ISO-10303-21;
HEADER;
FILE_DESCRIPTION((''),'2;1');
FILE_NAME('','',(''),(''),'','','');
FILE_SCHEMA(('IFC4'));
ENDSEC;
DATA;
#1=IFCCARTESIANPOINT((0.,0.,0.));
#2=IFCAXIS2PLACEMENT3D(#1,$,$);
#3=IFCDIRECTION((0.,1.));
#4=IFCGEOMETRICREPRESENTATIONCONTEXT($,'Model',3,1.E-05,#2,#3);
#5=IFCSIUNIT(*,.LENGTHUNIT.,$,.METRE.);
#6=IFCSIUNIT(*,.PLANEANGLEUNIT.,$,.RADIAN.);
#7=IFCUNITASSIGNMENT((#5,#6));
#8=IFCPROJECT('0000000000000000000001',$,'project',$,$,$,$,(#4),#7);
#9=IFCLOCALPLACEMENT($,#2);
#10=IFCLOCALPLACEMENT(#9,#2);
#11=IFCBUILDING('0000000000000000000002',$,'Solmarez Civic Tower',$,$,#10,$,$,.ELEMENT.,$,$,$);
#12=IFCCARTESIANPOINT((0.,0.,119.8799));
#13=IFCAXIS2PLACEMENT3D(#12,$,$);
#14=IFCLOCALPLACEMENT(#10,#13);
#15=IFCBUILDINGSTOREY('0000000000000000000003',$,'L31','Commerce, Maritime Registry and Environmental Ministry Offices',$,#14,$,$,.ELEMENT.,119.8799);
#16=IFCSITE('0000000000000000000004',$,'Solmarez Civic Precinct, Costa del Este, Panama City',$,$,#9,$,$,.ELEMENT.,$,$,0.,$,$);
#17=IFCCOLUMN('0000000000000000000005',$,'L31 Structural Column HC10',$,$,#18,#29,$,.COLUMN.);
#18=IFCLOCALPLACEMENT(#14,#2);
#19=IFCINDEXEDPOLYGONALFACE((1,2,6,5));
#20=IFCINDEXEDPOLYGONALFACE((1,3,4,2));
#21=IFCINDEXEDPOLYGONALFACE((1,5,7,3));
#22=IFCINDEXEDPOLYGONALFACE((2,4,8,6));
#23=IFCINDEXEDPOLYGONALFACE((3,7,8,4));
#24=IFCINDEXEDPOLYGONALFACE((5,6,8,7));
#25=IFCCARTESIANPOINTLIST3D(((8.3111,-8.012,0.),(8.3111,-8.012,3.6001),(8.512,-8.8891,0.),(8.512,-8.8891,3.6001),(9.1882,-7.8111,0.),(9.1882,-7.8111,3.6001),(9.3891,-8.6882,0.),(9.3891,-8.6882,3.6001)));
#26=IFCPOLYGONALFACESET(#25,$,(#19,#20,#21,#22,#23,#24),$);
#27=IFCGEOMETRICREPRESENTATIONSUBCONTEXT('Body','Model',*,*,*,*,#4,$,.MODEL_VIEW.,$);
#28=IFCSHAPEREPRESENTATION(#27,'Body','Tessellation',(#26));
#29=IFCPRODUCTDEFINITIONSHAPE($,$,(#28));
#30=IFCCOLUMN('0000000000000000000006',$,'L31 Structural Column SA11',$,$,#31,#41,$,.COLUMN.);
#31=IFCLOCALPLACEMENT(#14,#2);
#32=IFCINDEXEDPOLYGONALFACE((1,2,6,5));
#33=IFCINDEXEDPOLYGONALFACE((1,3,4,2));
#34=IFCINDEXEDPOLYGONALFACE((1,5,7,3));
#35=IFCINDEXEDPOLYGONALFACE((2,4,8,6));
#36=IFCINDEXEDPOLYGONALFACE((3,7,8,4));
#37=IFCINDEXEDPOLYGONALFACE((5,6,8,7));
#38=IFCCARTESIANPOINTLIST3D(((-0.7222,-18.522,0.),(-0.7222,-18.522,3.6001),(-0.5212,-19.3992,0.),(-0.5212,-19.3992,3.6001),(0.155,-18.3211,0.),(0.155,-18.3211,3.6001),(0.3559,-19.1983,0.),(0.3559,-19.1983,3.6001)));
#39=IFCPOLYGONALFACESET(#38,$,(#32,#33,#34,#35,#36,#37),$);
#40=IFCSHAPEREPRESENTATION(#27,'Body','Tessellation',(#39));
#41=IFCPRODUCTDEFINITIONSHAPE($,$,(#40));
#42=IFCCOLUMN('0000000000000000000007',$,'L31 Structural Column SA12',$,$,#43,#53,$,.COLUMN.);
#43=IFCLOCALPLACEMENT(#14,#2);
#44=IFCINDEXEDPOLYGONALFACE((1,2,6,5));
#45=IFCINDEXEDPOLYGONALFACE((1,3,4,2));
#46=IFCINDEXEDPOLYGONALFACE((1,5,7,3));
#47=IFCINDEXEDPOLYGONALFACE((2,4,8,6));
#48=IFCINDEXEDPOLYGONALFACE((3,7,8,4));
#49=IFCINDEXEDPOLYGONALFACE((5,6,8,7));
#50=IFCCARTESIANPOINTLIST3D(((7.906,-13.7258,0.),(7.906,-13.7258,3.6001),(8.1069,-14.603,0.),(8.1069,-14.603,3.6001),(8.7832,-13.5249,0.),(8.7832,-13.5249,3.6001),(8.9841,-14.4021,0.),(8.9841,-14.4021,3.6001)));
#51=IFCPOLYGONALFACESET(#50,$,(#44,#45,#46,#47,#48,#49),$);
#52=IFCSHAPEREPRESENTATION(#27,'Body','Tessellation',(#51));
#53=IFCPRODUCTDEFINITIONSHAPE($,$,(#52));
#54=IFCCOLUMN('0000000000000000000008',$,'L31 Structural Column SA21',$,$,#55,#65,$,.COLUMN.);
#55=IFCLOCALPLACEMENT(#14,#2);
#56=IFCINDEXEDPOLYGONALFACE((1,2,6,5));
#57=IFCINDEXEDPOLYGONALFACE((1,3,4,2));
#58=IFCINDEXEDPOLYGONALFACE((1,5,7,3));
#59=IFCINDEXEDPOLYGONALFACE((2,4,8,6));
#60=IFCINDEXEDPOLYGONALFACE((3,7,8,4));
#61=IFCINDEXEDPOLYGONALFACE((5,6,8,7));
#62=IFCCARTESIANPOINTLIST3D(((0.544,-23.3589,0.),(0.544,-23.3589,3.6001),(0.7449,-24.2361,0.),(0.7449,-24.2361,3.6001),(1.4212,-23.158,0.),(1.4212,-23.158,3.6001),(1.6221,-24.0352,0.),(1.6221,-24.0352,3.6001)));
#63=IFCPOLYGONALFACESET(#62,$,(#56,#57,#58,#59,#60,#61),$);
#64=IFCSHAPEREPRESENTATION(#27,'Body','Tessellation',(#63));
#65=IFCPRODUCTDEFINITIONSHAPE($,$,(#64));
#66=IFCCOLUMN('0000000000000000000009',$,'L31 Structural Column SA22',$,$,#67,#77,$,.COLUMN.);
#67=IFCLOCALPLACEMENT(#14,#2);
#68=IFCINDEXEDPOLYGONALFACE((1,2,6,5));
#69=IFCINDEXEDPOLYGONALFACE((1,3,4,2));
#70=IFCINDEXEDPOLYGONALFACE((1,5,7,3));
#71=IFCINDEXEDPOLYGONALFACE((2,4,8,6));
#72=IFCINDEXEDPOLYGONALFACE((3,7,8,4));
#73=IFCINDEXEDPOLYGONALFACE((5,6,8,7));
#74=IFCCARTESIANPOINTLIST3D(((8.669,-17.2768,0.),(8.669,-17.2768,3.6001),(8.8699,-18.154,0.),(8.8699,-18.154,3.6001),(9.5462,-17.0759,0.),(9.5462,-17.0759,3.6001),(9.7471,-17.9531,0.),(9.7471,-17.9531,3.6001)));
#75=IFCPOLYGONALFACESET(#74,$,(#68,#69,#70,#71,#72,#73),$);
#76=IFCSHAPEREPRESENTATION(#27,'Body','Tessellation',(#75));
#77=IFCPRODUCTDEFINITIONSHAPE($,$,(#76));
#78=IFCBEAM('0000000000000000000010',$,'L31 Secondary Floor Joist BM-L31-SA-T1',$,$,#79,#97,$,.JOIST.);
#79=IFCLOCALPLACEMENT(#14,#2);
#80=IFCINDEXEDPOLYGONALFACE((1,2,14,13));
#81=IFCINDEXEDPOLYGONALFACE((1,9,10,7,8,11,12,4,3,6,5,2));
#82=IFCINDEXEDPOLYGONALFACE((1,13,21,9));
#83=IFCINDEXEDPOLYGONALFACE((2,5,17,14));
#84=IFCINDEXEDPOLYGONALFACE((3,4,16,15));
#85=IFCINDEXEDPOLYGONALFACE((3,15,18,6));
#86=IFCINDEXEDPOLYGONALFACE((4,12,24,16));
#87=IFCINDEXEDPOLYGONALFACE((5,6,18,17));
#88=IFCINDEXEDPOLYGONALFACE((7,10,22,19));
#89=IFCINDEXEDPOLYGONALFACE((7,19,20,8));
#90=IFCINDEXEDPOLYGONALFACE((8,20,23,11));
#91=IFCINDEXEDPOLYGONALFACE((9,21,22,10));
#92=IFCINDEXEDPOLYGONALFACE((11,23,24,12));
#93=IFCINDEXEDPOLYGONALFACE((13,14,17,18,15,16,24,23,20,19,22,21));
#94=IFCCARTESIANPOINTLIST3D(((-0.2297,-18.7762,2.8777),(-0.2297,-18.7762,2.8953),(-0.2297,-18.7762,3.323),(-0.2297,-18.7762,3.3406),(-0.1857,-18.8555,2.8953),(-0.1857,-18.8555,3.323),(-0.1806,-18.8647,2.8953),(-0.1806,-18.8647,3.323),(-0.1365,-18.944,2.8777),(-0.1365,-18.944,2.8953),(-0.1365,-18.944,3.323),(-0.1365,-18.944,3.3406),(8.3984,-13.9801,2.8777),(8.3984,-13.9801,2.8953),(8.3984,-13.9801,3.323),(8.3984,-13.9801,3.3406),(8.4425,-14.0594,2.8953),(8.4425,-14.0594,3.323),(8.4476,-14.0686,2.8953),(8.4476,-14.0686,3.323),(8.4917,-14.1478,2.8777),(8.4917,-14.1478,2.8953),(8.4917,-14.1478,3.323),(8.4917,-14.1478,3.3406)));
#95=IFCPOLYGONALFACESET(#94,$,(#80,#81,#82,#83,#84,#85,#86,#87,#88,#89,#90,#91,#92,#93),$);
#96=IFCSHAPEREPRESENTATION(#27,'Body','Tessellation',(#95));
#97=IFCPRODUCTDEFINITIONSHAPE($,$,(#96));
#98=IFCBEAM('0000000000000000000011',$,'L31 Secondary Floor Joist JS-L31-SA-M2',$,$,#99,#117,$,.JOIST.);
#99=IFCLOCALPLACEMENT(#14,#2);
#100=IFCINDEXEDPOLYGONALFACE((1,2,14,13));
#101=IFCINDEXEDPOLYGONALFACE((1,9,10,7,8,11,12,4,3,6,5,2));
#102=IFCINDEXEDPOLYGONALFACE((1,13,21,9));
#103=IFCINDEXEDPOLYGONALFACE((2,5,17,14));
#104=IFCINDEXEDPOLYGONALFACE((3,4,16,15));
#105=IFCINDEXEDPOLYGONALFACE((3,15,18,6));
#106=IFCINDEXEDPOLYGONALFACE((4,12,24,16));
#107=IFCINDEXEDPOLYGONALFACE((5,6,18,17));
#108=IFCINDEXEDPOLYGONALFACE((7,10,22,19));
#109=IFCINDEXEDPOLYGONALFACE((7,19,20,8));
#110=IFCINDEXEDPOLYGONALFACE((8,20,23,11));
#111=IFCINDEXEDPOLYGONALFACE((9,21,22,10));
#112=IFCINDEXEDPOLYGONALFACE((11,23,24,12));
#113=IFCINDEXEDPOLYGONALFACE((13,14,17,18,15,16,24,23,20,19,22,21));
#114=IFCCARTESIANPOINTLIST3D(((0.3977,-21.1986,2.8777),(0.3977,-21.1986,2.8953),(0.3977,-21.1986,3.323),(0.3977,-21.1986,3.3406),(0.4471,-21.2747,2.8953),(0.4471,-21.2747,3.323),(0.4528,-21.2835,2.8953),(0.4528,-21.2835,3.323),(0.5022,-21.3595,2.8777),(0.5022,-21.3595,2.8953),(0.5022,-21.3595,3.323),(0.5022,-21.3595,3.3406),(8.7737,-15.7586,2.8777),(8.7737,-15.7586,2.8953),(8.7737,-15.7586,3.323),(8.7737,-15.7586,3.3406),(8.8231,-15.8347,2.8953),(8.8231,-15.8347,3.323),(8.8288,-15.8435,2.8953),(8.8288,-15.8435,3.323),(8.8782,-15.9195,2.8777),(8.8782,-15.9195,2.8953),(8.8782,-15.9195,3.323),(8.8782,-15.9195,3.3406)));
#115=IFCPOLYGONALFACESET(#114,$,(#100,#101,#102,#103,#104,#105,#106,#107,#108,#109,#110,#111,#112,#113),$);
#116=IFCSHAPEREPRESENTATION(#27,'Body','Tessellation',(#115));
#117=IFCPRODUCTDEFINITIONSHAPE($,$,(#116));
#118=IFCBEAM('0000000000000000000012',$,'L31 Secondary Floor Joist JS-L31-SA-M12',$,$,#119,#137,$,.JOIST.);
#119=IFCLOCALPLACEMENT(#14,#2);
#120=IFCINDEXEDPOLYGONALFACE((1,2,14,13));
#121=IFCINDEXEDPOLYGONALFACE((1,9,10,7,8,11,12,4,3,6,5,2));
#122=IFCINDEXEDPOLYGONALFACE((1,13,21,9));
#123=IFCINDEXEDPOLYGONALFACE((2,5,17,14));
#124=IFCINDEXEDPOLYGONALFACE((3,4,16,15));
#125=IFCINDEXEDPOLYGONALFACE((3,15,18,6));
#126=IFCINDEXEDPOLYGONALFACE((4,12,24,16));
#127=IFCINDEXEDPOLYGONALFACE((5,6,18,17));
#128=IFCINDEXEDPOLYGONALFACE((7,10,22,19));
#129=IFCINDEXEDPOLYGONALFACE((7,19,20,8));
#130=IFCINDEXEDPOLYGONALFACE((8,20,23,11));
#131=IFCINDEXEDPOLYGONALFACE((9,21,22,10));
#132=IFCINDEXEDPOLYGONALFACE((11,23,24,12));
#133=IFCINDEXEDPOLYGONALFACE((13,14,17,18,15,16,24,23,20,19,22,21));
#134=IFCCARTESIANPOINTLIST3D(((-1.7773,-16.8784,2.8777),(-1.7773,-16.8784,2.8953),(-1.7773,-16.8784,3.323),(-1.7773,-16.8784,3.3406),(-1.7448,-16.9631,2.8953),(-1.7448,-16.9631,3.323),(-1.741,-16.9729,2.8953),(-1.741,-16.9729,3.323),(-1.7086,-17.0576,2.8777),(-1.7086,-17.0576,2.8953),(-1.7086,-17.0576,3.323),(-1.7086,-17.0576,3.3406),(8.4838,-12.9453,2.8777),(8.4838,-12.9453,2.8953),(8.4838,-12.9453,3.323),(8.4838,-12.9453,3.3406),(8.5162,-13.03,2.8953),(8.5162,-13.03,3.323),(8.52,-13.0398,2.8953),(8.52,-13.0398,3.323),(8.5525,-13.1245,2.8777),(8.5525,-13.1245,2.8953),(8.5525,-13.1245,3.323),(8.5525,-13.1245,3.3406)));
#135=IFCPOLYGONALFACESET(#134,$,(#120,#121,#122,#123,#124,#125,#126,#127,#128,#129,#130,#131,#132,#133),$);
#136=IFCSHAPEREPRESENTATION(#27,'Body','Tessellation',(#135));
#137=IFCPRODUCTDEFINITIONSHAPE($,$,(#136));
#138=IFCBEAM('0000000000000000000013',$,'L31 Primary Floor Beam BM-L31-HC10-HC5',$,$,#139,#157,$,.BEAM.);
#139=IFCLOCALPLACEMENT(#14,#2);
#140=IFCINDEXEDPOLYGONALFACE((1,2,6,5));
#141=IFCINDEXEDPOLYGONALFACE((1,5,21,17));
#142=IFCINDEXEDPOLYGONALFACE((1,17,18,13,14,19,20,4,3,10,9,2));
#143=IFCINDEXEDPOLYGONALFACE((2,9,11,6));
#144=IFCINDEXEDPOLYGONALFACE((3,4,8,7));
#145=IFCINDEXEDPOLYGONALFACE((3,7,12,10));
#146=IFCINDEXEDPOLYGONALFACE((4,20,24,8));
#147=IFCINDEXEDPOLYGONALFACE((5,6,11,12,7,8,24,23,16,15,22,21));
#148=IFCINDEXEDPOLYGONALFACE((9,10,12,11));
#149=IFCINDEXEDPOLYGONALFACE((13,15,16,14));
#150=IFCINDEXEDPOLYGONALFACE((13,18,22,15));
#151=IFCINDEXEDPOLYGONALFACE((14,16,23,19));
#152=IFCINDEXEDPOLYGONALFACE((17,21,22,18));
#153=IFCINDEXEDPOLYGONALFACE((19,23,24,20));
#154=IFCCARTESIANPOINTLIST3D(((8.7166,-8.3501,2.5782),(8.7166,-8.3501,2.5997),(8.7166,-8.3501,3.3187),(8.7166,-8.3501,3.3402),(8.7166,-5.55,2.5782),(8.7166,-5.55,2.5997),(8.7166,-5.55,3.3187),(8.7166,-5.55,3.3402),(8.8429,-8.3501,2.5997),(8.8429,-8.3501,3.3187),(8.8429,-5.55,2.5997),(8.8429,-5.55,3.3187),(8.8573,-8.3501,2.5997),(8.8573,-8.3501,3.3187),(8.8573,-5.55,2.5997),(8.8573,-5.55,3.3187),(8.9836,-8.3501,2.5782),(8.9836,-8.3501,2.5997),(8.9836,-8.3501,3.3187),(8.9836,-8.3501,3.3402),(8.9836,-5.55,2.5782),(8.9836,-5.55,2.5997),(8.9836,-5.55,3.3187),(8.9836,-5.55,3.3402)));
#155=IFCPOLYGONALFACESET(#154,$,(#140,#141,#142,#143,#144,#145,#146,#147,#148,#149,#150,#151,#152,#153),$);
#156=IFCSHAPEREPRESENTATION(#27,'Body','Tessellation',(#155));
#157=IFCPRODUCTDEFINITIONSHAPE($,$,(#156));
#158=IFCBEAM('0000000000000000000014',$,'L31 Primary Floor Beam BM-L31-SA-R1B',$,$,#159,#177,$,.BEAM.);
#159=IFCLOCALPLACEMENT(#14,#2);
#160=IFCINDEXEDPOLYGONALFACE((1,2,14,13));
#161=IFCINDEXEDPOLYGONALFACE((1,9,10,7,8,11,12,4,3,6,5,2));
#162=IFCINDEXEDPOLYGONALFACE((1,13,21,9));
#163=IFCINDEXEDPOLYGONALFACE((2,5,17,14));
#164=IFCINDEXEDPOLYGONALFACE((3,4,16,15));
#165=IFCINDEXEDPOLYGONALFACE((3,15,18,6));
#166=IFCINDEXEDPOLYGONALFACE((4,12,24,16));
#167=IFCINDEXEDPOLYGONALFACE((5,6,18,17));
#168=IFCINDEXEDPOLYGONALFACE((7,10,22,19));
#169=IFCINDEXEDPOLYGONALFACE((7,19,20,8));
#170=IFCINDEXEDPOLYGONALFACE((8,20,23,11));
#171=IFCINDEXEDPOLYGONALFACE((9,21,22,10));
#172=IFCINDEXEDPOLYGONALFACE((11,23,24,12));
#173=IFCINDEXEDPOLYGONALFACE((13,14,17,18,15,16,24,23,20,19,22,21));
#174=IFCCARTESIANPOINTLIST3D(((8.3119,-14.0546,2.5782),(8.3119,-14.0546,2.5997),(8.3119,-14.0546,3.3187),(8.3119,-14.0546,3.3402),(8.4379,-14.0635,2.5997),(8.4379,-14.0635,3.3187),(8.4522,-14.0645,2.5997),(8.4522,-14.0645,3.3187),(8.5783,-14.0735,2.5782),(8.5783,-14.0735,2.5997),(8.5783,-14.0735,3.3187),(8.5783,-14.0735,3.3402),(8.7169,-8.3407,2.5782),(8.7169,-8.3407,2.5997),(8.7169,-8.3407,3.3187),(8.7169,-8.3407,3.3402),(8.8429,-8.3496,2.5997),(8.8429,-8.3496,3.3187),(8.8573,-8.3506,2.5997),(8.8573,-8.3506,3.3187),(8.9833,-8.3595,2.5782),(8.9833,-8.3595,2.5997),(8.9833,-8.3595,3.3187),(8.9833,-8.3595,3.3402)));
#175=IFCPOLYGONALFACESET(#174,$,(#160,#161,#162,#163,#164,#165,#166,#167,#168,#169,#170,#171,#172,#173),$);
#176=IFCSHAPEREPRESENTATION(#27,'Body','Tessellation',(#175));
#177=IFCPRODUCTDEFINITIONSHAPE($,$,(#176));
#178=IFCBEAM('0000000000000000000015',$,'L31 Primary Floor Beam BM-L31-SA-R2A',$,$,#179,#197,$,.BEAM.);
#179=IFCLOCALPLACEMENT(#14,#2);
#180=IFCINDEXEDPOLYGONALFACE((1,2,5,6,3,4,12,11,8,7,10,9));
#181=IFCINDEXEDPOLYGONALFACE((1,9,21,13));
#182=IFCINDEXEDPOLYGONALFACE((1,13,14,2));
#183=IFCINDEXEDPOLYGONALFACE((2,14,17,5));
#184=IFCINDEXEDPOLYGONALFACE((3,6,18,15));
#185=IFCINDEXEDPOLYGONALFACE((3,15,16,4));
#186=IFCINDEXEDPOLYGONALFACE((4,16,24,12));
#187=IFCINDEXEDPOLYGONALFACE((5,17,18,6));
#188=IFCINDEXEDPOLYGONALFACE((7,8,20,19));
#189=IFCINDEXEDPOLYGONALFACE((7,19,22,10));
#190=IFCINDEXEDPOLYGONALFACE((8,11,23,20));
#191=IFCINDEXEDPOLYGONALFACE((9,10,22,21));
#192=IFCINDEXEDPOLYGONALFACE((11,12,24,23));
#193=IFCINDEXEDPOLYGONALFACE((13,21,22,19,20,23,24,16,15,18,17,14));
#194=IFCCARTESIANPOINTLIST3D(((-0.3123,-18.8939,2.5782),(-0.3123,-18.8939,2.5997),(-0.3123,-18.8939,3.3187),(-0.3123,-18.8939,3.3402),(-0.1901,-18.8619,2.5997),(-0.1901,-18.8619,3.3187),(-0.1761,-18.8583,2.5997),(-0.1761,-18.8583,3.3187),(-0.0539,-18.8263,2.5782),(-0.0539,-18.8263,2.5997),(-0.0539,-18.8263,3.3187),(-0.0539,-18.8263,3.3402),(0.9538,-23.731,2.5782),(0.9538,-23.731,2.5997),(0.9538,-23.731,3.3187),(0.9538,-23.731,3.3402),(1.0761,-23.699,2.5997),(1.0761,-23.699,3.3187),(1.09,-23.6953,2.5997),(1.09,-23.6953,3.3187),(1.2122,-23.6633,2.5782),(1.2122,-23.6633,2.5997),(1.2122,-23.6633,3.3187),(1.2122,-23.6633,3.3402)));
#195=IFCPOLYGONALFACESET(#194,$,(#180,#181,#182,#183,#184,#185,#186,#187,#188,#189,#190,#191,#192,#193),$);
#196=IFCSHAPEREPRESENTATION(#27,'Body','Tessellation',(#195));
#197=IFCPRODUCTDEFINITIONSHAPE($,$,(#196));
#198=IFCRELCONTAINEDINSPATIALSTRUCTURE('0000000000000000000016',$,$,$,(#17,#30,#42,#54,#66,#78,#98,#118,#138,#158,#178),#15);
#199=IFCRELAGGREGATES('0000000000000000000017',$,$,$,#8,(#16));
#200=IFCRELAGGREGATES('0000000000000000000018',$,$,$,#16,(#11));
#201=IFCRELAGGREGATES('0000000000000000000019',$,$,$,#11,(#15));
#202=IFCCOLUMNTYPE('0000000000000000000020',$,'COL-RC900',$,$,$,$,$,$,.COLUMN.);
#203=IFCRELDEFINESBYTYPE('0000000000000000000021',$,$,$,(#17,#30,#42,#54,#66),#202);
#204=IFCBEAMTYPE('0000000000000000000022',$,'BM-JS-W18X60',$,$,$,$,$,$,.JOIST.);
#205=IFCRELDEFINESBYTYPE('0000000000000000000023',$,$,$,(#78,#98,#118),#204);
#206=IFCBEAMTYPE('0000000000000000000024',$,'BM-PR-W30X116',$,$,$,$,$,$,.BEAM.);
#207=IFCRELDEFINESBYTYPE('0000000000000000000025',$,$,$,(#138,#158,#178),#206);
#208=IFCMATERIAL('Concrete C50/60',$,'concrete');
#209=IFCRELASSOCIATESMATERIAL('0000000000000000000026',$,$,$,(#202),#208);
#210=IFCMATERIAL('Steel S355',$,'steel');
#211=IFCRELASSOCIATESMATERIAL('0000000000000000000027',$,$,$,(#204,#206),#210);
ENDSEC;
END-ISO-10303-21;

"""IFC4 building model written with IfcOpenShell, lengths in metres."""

from ifc_helpers import new_model, si_unit, direction, frame, origin, origin_2d, place, context, subcontext, project, spatial, rectangle, i_section, extrude, material, material_profile, profile_set, type_object, element, save


model = new_model("IFC4")

# Units and contexts
model_context = context("Model", 3, precision=1e-05, world=origin(), true_north=direction((0.0, 1.0)))
body_context = subcontext(model_context, "Body", "Model", "MODEL_VIEW")
ifc_project = project(units=[si_unit("LENGTHUNIT", "METRE"), si_unit("PLANEANGLEUNIT", "RADIAN")], contexts=[model_context])

# Site, building, storey
site_placement = place(None, origin())
site = spatial("IfcSite", under=ifc_project, at=site_placement, Name="Solmarez Civic Precinct, Costa del Este, Panama City", CompositionType="ELEMENT", RefElevation=0.0)
building_placement = place(site_placement, origin())
building = spatial("IfcBuilding", under=site, at=building_placement, Name="Solmarez Civic Tower", CompositionType="ELEMENT")
storey_placement = place(building_placement, frame((0.0, 0.0, 119.8799)))
storey = spatial("IfcBuildingStorey", under=building, at=storey_placement, Name="L31", Description="Commerce, Maritime Registry and Environmental Ministry Offices", CompositionType="ELEMENT", Elevation=119.8799)

# Columns
ifc_material_1 = material(Name="Concrete C50/60", Category="concrete")
ifc_material_profile_1 = material_profile(ifc_material_1, rectangle(XDim=0.8999, YDim=0.8999, at=origin_2d()), Name="RC900X900")
ifc_profile_set_1 = profile_set([ifc_material_profile_1], Name="Concrete C50/60")
column_type = type_object("IfcColumnType", Name="COL-RC900", PredefinedType="COLUMN", material=ifc_profile_set_1)
for number, where, z_axis, x_axis, name in (
    (1, (8.8501, -8.3501, 0.0), (0.0, 0.0, 1.0), (0.974761, 0.22325, 0.0), "L31 Structural Column HC10"),
    (2, (-0.1831, -18.8601, 0.0), (0.0, 0.0, 1.0), (0.974761, 0.22325, 0.0), "L31 Structural Column SA11"),
    (3, (8.4451, -14.064, 0.0), (0.0, 0.0, 1.0), (0.974761, 0.22325, 0.0), "L31 Structural Column SA12"),
    (4, (1.083, -23.697, 0.0), (0.0, 0.0, 1.0), (0.974761, 0.22325, 0.0), "L31 Structural Column SA21"),
    (5, (9.208, -17.615, 0.0), (0.0, 0.0, 1.0), (0.974761, 0.22325, 0.0), "L31 Structural Column SA22"),
):
    element("IfcColumn", number, at=place(storey_placement, frame(where, z_axis=z_axis, x_axis=x_axis)), inside=storey, type_object=column_type, Name=name, PredefinedType="COLUMN", context=body_context, shape_type="SweptSolid", body=[
        extrude(rectangle(XDim=0.8999, YDim=0.8999, at=origin_2d()), origin(), (0.0, 0.0, 1.0), 3.6001),
    ])

# Beams
ifc_material_2 = material(Name="Steel S355", Category="steel")
ifc_material_profile_2 = material_profile(ifc_material_2, i_section(OverallWidth=0.1919, OverallDepth=0.4629, WebThickness=0.0105, FlangeThickness=0.0176, at=origin_2d()), Name="W18X60")
ifc_profile_set_2 = profile_set([ifc_material_profile_2], Name="Steel S355")
beam_type_1 = type_object("IfcBeamType", Name="BM-JS-W18X60", PredefinedType="JOIST", material=ifc_profile_set_2)
beam_1_placement = place(storey_placement, frame((-0.1831, -18.8601, 3.1091), z_axis=(0.874041, 0.485853, 0.0), x_axis=(-0.485853, 0.874041, 0.0)))
element("IfcBeam", 6, at=beam_1_placement, inside=storey, type_object=beam_type_1, Name="L31 Secondary Floor Joist BM-L31-SA-T1", PredefinedType="JOIST", context=body_context, shape_type="SweptSolid", body=[
    extrude(i_section(OverallWidth=0.1919, OverallDepth=0.4629, WebThickness=0.0105, FlangeThickness=0.0176, at=origin_2d()), origin(), (0.0, 0.0, 1.0), 9.8716),
])
beam_2_placement = place(storey_placement, frame((0.45, -21.2791, 3.1091), z_axis=(0.838647, 0.544676, 0.0), x_axis=(-0.544676, 0.838647, 0.0)))
element("IfcBeam", 7, at=beam_2_placement, inside=storey, type_object=beam_type_1, Name="L31 Secondary Floor Joist JS-L31-SA-M2", PredefinedType="JOIST", context=body_context, shape_type="SweptSolid", body=[
    extrude(i_section(OverallWidth=0.1919, OverallDepth=0.4629, WebThickness=0.0105, FlangeThickness=0.0176, at=origin_2d()), origin(), (0.0, 0.0, 1.0), 9.9875),
])
beam_3_placement = place(storey_placement, frame((-1.7429, -16.968, 3.1091), z_axis=(0.933754, 0.357914, 0.0), x_axis=(-0.357914, 0.933754, 0.0)))
element("IfcBeam", 8, at=beam_3_placement, inside=storey, type_object=beam_type_1, Name="L31 Secondary Floor Joist JS-L31-SA-M12", PredefinedType="JOIST", context=body_context, shape_type="SweptSolid", body=[
    extrude(i_section(OverallWidth=0.1919, OverallDepth=0.4629, WebThickness=0.0105, FlangeThickness=0.0176, at=origin_2d()), origin(), (0.0, 0.0, 1.0), 10.989),
])
ifc_material_profile_3 = material_profile(ifc_material_2, i_section(OverallWidth=0.2671, OverallDepth=0.762, WebThickness=0.0144, FlangeThickness=0.0215, at=origin_2d()), Name="W30X116")
ifc_profile_set_3 = profile_set([ifc_material_profile_3], Name="Steel S355")
beam_type_2 = type_object("IfcBeamType", Name="BM-PR-W30X116", PredefinedType="BEAM", material=ifc_profile_set_3)
beam_4_placement = place(storey_placement, frame((8.8501, -8.3501, 2.9592), z_axis=(0.0, 1.0, 0.0), x_axis=(-1.0, 0.0, 0.0)))
element("IfcBeam", 9, at=beam_4_placement, inside=storey, type_object=beam_type_2, Name="L31 Primary Floor Beam BM-L31-HC10-HC5", PredefinedType="BEAM", context=body_context, shape_type="SweptSolid", body=[
    extrude(i_section(OverallWidth=0.2671, OverallDepth=0.762, WebThickness=0.0144, FlangeThickness=0.0215, at=origin_2d()), origin(), (0.0, 0.0, 1.0), 2.8),
])
beam_5_placement = place(storey_placement, frame((8.8501, -8.3501, 2.9592), z_axis=(-0.070708, -0.997497, 0.0), x_axis=(0.997497, -0.070708, 0.0)))
element("IfcBeam", 10, at=beam_5_placement, inside=storey, type_object=beam_type_2, Name="L31 Primary Floor Beam BM-L31-SA-R1B", PredefinedType="BEAM", context=body_context, shape_type="SweptSolid", body=[
    extrude(i_section(OverallWidth=0.2671, OverallDepth=0.762, WebThickness=0.0144, FlangeThickness=0.0215, at=origin_2d()), origin(), (0.0, 0.0, 1.0), 5.7283),
])
beam_6_placement = place(storey_placement, frame((-0.1831, -18.8601, 2.9592), z_axis=(0.253229, -0.967406, 0.0), x_axis=(0.967406, 0.253229, 0.0)))
element("IfcBeam", 11, at=beam_6_placement, inside=storey, type_object=beam_type_2, Name="L31 Primary Floor Beam BM-L31-SA-R2A", PredefinedType="BEAM", context=body_context, shape_type="SweptSolid", body=[
    extrude(i_section(OverallWidth=0.2671, OverallDepth=0.762, WebThickness=0.0144, FlangeThickness=0.0215, at=origin_2d()), origin(), (0.0, 0.0, 1.0), 5.0),
])

save(model, "model.ifc")
